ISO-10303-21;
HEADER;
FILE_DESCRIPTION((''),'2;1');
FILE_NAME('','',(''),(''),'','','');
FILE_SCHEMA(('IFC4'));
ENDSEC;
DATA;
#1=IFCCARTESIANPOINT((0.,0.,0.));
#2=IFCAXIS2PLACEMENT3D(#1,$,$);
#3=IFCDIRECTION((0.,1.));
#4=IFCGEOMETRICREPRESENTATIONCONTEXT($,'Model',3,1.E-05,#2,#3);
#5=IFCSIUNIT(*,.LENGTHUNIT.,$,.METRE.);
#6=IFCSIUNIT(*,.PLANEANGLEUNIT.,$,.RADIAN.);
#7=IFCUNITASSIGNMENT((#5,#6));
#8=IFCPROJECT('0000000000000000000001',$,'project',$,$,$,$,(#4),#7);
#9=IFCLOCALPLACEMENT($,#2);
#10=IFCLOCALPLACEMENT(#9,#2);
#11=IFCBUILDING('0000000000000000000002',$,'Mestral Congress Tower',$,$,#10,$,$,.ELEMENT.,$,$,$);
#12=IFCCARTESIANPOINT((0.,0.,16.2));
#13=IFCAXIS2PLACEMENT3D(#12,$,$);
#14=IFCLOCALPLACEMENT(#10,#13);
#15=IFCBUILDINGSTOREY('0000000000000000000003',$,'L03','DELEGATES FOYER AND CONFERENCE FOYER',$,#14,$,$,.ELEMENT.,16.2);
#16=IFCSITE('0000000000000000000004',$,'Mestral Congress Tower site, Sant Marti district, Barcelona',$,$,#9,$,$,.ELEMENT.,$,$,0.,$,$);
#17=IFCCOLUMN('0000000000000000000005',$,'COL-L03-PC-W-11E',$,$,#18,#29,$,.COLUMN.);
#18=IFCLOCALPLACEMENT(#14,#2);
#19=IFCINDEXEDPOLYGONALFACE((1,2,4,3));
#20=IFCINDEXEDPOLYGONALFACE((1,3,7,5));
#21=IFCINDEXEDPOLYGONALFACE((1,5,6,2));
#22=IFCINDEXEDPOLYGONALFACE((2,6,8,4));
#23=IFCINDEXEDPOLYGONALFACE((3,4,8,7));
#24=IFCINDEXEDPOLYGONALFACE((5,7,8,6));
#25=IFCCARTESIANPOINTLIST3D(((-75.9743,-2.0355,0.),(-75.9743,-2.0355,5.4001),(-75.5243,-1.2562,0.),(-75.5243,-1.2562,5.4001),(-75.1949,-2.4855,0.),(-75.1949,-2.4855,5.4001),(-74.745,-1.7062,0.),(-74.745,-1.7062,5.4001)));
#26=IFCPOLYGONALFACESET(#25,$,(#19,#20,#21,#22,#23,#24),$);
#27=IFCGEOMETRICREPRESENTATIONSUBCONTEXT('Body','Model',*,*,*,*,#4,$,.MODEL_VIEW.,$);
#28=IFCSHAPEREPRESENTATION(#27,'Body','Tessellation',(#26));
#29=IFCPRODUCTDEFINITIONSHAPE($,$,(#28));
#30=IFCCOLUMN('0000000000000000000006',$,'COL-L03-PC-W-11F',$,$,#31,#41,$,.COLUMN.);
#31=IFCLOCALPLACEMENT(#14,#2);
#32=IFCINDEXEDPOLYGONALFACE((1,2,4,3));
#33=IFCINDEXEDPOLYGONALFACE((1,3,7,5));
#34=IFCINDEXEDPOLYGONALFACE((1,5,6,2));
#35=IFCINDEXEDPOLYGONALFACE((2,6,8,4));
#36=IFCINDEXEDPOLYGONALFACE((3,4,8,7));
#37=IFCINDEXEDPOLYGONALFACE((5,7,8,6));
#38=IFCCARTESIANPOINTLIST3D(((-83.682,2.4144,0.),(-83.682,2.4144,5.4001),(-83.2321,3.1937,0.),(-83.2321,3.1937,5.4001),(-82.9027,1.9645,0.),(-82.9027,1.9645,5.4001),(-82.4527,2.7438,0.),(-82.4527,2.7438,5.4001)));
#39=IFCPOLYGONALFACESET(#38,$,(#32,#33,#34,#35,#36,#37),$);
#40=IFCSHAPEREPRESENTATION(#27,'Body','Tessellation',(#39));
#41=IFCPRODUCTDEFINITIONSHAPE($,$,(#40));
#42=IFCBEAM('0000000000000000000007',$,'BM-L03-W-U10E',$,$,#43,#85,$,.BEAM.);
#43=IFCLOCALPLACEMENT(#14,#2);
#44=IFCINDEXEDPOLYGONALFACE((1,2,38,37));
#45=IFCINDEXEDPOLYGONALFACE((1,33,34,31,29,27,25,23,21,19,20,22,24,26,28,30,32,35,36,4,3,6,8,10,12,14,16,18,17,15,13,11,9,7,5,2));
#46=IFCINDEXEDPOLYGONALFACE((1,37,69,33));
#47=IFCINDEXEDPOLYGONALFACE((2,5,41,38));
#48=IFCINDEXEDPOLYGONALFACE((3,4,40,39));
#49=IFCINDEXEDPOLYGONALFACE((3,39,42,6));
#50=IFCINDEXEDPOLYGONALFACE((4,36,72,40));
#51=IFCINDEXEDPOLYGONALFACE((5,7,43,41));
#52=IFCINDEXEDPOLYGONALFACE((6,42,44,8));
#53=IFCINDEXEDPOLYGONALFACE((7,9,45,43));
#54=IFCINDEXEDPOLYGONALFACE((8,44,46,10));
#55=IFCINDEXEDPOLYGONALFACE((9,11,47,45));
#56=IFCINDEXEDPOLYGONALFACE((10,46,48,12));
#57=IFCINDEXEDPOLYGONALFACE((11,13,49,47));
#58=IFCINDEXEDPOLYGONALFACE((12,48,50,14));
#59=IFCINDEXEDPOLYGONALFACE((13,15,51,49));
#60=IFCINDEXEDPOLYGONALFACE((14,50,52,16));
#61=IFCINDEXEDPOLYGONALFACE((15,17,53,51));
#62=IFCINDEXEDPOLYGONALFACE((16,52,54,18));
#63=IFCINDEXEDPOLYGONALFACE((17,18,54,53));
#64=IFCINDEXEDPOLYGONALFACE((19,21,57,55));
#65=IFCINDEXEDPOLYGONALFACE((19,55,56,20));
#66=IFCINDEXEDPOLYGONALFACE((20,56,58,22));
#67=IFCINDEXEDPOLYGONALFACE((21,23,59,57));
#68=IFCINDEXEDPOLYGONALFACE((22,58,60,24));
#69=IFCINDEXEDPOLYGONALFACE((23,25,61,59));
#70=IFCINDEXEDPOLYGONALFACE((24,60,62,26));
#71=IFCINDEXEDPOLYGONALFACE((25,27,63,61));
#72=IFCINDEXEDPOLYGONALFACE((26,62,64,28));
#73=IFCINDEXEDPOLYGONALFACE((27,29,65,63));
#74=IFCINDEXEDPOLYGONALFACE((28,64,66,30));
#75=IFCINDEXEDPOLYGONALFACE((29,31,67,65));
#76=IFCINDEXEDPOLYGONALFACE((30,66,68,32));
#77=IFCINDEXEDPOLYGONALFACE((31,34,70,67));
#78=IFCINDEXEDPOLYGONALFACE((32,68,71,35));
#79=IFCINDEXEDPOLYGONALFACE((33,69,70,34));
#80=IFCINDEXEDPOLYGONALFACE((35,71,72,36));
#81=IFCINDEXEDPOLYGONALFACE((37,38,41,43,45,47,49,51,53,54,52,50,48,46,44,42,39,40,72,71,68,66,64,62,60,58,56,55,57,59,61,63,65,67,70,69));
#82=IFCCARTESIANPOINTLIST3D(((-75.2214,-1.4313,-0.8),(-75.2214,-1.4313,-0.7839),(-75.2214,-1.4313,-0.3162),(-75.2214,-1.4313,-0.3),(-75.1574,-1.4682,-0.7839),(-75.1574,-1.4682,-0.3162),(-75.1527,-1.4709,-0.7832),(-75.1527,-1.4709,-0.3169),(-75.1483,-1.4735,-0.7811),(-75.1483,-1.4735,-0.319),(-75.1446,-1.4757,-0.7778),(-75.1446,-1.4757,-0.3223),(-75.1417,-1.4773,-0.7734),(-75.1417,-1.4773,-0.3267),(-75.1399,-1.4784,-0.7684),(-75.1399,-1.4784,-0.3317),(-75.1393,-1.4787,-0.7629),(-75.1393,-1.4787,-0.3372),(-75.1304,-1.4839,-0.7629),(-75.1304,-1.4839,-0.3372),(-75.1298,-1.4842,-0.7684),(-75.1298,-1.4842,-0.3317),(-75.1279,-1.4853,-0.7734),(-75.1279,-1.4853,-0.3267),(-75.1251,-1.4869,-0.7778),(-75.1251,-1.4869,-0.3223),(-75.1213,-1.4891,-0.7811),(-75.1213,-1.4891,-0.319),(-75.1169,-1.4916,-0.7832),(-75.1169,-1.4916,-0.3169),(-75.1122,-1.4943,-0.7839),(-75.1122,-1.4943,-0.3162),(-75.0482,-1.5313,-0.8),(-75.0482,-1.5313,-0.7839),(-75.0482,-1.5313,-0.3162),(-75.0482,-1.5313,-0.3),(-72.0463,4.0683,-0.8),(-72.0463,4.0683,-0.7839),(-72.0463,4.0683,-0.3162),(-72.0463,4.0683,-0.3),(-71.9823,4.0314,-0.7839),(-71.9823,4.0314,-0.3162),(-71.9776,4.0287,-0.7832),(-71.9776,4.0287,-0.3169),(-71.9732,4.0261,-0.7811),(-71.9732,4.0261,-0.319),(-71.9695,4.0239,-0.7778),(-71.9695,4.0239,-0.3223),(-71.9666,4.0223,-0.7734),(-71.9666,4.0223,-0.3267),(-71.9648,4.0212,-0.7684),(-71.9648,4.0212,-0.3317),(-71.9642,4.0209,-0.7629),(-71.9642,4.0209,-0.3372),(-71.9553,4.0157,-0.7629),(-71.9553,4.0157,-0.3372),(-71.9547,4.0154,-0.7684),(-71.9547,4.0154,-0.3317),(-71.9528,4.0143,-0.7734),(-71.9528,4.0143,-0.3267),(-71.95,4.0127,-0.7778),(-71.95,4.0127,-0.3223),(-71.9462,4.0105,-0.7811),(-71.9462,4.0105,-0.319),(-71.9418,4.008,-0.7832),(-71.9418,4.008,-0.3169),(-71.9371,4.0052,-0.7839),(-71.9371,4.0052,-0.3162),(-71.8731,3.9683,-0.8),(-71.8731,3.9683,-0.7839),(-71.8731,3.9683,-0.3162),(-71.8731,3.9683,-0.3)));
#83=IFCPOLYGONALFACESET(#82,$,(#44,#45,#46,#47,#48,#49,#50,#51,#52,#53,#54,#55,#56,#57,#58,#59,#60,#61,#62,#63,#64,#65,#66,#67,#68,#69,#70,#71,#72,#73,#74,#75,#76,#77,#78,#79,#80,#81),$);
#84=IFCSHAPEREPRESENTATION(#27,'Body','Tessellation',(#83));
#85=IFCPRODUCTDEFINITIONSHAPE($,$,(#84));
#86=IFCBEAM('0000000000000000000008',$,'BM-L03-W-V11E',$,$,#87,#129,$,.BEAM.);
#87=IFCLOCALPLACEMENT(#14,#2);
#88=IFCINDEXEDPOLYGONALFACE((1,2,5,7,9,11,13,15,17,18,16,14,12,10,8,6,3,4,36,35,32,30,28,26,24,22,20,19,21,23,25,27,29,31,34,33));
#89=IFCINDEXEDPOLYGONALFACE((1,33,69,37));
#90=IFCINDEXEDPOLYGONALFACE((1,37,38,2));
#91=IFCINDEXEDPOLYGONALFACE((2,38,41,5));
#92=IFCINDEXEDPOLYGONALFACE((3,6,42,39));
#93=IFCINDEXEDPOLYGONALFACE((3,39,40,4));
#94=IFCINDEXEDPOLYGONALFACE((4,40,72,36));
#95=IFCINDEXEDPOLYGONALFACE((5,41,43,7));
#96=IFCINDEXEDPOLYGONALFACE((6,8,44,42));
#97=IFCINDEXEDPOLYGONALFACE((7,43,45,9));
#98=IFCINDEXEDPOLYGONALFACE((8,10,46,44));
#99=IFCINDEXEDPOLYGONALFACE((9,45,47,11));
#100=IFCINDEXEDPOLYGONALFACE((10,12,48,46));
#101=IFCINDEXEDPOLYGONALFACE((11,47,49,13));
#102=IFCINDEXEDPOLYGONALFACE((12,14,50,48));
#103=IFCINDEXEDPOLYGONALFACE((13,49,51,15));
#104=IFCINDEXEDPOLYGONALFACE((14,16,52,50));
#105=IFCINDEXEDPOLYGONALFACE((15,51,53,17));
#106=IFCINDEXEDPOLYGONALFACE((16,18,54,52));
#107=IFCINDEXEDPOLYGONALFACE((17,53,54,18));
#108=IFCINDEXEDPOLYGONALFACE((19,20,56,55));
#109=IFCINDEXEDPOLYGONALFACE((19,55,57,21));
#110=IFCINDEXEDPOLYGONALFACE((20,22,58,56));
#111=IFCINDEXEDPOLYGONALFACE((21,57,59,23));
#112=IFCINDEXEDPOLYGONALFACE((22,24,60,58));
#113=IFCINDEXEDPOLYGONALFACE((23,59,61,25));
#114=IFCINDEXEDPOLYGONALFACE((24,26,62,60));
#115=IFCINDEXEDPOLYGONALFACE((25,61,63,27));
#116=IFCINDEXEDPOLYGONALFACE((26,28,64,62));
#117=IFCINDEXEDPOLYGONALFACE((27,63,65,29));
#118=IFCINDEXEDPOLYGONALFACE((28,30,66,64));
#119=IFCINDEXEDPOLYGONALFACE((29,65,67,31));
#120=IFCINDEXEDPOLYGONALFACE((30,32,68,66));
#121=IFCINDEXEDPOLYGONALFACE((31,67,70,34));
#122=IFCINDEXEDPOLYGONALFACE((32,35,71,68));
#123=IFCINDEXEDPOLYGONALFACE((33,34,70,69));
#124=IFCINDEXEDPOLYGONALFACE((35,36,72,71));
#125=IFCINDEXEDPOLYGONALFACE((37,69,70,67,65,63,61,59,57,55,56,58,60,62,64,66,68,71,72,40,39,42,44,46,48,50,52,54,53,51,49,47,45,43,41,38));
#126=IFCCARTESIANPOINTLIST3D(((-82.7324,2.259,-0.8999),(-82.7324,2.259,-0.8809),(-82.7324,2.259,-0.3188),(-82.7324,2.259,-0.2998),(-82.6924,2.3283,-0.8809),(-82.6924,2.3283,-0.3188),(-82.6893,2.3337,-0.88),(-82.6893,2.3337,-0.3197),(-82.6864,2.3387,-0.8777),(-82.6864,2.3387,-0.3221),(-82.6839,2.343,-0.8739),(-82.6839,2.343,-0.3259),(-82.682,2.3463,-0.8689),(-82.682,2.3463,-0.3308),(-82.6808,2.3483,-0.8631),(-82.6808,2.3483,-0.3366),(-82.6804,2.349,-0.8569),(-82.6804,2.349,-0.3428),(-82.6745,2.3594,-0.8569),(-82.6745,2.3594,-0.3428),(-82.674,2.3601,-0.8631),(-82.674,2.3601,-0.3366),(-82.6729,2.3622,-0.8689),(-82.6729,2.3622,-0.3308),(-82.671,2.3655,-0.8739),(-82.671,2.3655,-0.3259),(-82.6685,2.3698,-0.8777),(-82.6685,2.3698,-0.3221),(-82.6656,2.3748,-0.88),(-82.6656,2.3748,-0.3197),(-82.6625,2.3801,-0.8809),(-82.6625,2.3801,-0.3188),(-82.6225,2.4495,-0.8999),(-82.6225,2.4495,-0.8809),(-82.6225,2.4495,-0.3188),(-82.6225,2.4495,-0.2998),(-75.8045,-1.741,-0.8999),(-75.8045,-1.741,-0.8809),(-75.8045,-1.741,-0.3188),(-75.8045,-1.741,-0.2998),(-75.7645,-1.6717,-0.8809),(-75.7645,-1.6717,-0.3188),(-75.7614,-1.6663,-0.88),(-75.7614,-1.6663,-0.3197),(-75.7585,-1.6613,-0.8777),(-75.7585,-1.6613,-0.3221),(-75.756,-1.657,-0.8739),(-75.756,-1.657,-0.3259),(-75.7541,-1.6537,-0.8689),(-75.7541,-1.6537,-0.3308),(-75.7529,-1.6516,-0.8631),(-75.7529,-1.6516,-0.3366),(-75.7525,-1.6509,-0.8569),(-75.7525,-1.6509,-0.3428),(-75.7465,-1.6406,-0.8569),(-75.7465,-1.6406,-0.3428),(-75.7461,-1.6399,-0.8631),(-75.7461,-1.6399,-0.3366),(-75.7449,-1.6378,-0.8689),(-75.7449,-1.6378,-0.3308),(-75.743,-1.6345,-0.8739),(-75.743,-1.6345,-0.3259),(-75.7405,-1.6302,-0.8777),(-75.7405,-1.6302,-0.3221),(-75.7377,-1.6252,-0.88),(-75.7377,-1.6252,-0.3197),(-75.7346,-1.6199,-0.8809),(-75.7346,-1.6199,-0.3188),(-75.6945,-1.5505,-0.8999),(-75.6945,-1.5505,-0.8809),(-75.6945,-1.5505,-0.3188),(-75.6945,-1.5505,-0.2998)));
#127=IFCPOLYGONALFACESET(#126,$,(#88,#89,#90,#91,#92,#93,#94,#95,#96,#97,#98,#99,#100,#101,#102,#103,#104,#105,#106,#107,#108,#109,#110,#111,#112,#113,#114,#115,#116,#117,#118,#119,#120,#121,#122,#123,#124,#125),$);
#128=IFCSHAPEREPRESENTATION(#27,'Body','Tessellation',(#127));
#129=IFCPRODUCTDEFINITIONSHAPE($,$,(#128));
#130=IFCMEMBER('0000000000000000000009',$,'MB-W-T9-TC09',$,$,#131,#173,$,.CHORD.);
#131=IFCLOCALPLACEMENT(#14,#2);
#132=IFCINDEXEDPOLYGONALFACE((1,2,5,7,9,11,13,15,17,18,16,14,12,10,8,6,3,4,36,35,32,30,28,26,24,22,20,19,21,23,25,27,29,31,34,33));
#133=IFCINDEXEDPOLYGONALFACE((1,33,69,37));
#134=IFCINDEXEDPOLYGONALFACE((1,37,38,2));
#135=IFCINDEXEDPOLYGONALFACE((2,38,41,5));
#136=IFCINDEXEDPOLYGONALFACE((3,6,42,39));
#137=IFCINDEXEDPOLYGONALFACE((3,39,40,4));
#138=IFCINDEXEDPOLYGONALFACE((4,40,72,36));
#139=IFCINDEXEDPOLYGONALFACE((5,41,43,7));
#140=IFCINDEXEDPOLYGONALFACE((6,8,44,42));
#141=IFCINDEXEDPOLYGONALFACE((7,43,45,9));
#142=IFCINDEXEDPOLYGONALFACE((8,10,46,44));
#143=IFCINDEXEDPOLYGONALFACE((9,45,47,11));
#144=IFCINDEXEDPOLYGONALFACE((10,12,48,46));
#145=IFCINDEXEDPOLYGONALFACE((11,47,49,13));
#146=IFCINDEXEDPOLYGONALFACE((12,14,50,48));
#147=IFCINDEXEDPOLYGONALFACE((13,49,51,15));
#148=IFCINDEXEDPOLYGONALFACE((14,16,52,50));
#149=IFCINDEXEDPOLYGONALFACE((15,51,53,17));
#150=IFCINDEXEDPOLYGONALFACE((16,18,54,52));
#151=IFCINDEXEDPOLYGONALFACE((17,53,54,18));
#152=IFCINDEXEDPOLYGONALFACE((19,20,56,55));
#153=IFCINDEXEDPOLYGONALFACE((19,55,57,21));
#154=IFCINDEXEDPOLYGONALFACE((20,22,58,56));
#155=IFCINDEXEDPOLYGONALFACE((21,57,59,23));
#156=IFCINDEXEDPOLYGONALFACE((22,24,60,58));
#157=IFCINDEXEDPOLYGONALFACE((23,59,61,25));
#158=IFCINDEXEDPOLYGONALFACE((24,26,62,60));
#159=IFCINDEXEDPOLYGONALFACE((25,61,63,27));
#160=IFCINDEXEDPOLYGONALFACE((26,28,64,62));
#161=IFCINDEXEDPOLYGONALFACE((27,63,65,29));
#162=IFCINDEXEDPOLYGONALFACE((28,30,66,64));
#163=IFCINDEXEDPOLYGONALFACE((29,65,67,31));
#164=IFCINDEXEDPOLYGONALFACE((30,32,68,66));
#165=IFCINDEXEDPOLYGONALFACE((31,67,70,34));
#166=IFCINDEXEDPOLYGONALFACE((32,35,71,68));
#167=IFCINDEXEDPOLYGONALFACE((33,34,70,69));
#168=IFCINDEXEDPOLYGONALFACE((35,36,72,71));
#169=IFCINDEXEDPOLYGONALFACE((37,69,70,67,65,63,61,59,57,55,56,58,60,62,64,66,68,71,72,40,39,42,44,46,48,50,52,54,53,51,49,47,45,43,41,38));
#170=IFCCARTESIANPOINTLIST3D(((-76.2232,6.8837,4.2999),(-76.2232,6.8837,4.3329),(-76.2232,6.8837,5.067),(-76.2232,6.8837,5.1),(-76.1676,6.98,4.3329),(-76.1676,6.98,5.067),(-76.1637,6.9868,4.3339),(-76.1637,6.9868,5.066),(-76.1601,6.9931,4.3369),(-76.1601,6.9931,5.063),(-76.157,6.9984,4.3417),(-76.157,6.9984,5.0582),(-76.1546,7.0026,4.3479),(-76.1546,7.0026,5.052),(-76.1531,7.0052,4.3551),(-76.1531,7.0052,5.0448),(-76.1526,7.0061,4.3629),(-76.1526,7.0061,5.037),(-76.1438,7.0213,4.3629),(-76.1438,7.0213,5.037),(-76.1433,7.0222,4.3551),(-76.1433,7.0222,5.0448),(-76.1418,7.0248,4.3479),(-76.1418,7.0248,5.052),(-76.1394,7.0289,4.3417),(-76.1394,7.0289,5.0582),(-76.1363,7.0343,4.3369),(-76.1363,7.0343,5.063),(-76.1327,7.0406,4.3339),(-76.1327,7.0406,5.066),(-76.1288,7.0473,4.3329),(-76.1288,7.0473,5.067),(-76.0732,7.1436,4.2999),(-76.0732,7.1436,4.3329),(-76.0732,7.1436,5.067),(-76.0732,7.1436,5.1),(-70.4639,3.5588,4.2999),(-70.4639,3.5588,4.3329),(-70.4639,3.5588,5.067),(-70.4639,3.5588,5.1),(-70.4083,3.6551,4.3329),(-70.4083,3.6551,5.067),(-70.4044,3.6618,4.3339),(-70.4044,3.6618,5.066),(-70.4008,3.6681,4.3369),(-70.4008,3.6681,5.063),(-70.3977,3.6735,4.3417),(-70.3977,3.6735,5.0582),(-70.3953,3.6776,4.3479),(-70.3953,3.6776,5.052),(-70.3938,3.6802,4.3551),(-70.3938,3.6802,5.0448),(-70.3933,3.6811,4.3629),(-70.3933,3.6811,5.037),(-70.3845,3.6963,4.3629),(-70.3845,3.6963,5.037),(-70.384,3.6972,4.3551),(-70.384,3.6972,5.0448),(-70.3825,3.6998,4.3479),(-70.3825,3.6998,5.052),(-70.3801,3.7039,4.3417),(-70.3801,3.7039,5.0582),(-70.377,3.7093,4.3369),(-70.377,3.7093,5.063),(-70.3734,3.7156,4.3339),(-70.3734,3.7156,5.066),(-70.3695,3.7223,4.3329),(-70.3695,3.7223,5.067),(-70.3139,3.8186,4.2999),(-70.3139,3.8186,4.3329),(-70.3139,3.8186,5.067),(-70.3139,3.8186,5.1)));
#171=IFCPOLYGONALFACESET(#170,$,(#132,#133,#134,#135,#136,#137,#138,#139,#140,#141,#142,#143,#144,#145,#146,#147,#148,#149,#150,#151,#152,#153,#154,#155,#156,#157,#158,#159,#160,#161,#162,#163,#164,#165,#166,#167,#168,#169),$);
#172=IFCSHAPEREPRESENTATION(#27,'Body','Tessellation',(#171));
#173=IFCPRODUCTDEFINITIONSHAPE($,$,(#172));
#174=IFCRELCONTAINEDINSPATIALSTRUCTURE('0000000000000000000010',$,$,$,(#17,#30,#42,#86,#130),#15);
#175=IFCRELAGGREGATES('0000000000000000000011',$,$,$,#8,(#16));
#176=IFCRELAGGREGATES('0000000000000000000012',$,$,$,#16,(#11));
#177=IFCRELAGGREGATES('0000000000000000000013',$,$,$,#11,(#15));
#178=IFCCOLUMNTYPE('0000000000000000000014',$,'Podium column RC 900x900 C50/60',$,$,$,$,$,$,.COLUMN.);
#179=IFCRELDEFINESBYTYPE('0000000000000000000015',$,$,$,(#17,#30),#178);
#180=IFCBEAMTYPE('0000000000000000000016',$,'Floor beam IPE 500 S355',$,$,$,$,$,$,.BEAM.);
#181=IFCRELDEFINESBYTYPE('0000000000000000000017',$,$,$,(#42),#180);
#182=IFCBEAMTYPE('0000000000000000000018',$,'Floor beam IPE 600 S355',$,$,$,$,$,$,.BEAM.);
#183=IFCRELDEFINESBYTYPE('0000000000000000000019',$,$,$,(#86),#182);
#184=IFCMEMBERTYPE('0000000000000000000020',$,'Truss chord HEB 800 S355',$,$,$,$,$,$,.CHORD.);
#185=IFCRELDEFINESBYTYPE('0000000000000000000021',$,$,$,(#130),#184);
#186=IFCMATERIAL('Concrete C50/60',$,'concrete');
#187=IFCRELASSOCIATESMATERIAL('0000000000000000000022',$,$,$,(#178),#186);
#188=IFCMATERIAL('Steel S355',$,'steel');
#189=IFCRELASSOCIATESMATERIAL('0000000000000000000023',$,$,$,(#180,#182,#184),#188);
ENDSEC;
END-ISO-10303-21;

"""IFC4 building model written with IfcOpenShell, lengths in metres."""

from ifc_helpers import new_model, si_unit, direction, frame, origin, origin_2d, place, context, subcontext, project, spatial, rectangle, i_section, extrude, material, material_profile, profile_set, type_object, element, save


model = new_model("IFC4")

# Units and contexts
model_context = context("Model", 3, precision=1e-05, world=origin(), true_north=direction((0.0, 1.0)))
body_context = subcontext(model_context, "Body", "Model", "MODEL_VIEW")
ifc_project = project(units=[si_unit("LENGTHUNIT", "METRE"), si_unit("PLANEANGLEUNIT", "RADIAN")], contexts=[model_context])

# Site, building, storey
site_placement = place(None, origin())
site = spatial("IfcSite", under=ifc_project, at=site_placement, Name="Mestral Congress Tower site, Sant Marti district, Barcelona", CompositionType="ELEMENT", RefElevation=0.0)
building_placement = place(site_placement, origin())
building = spatial("IfcBuilding", under=site, at=building_placement, Name="Mestral Congress Tower", CompositionType="ELEMENT")
storey_placement = place(building_placement, frame((0.0, 0.0, 16.2)))
storey = spatial("IfcBuildingStorey", under=building, at=storey_placement, Name="L03", Description="DELEGATES FOYER AND CONFERENCE FOYER", CompositionType="ELEMENT", Elevation=16.2)

# Columns
ifc_material_1 = material(Name="Concrete C50/60", Category="concrete")
ifc_material_profile_1 = material_profile(ifc_material_1, rectangle(XDim=0.8999, YDim=0.8999, at=origin_2d()), Name="RC 900x900")
ifc_profile_set_1 = profile_set([ifc_material_profile_1], Name="Concrete C50/60")
column_type = type_object("IfcColumnType", Name="Podium column RC 900x900 C50/60", PredefinedType="COLUMN", material=ifc_profile_set_1)
for number, where, z_axis, x_axis, name in (
    (1, (-75.3596, -1.8708, 0.0), (0.0, 0.0, 1.0), (-0.5, -0.866025, 0.0), "COL-L03-PC-W-11E"),
    (2, (-83.0674, 2.5791, 0.0), (0.0, 0.0, 1.0), (-0.5, -0.866025, 0.0), "COL-L03-PC-W-11F"),
):
    element("IfcColumn", number, at=place(storey_placement, frame(where, z_axis=z_axis, x_axis=x_axis)), inside=storey, type_object=column_type, Name=name, PredefinedType="COLUMN", context=body_context, shape_type="SweptSolid", body=[
        extrude(rectangle(XDim=0.8999, YDim=0.8999, at=origin_2d()), origin(), (0.0, 0.0, 1.0), 5.4001),
    ])

# Beams
ifc_material_2 = material(Name="Steel S355", Category="steel")
ifc_material_profile_2 = material_profile(ifc_material_2, i_section(OverallWidth=0.2, OverallDepth=0.5, WebThickness=0.0103, FlangeThickness=0.0161, FilletRadius=0.021, at=origin_2d()), Name="IPE 500")
ifc_profile_set_2 = profile_set([ifc_material_profile_2], Name="Steel S355")
beam_type_1 = type_object("IfcBeamType", Name="Floor beam IPE 500 S355", PredefinedType="BEAM", material=ifc_profile_set_2)
beam_1_placement = place(storey_placement, frame((-71.9597, 4.0183, -0.55), z_axis=(-0.499989, -0.866032, 0.0), x_axis=(0.866032, -0.499989, 0.0)))
element("IfcBeam", 3, at=beam_1_placement, inside=storey, type_object=beam_type_1, Name="BM-L03-W-U10E", PredefinedType="BEAM", context=body_context, shape_type="SweptSolid", body=[
    extrude(i_section(OverallWidth=0.2, OverallDepth=0.5, WebThickness=0.0103, FlangeThickness=0.0161, FilletRadius=0.021, at=origin_2d()), origin(), (0.0, 0.0, 1.0), 6.3503),
])
ifc_material_profile_3 = material_profile(ifc_material_2, i_section(OverallWidth=0.22, OverallDepth=0.6001, WebThickness=0.012, FlangeThickness=0.019, FilletRadius=0.0239, at=origin_2d()), Name="IPE 600")
ifc_profile_set_3 = profile_set([ifc_material_profile_3], Name="Steel S355")
beam_type_2 = type_object("IfcBeamType", Name="Floor beam IPE 600 S355", PredefinedType="BEAM", material=ifc_profile_set_3)
beam_2_placement = place(storey_placement, frame((-75.7495, -1.6458, -0.5999), z_axis=(-0.866018, 0.500012, 0.0), x_axis=(-0.500012, -0.866018, 0.0)))
element("IfcBeam", 4, at=beam_2_placement, inside=storey, type_object=beam_type_2, Name="BM-L03-W-V11E", PredefinedType="BEAM", context=body_context, shape_type="SweptSolid", body=[
    extrude(i_section(OverallWidth=0.22, OverallDepth=0.6001, WebThickness=0.012, FlangeThickness=0.019, FilletRadius=0.0239, at=origin_2d()), origin(), (0.0, 0.0, 1.0), 7.9998),
])

# Member
ifc_material_profile_4 = material_profile(ifc_material_2, i_section(OverallWidth=0.3, OverallDepth=0.8, WebThickness=0.0176, FlangeThickness=0.033, FilletRadius=0.03, at=origin_2d()), Name="HEB 800")
ifc_profile_set_4 = profile_set([ifc_material_profile_4], Name="Steel S355")
member_type_1 = type_object("IfcMemberType", Name="Truss chord HEB 800 S355", PredefinedType="CHORD", material=ifc_profile_set_4)
member_1_placement = place(storey_placement, frame((-70.3889, 3.6887, 4.7), z_axis=(-0.866036, 0.499981, 0.0), x_axis=(-0.499981, -0.866036, 0.0)))
element("IfcMember", 5, at=member_1_placement, inside=storey, type_object=member_type_1, Name="MB-W-T9-TC09", PredefinedType="CHORD", context=body_context, shape_type="SweptSolid", body=[
    extrude(i_section(OverallWidth=0.3, OverallDepth=0.8, WebThickness=0.0176, FlangeThickness=0.033, FilletRadius=0.03, at=origin_2d()), origin(), (0.0, 0.0, 1.0), 6.6501),
])

save(model, "model.ifc")
